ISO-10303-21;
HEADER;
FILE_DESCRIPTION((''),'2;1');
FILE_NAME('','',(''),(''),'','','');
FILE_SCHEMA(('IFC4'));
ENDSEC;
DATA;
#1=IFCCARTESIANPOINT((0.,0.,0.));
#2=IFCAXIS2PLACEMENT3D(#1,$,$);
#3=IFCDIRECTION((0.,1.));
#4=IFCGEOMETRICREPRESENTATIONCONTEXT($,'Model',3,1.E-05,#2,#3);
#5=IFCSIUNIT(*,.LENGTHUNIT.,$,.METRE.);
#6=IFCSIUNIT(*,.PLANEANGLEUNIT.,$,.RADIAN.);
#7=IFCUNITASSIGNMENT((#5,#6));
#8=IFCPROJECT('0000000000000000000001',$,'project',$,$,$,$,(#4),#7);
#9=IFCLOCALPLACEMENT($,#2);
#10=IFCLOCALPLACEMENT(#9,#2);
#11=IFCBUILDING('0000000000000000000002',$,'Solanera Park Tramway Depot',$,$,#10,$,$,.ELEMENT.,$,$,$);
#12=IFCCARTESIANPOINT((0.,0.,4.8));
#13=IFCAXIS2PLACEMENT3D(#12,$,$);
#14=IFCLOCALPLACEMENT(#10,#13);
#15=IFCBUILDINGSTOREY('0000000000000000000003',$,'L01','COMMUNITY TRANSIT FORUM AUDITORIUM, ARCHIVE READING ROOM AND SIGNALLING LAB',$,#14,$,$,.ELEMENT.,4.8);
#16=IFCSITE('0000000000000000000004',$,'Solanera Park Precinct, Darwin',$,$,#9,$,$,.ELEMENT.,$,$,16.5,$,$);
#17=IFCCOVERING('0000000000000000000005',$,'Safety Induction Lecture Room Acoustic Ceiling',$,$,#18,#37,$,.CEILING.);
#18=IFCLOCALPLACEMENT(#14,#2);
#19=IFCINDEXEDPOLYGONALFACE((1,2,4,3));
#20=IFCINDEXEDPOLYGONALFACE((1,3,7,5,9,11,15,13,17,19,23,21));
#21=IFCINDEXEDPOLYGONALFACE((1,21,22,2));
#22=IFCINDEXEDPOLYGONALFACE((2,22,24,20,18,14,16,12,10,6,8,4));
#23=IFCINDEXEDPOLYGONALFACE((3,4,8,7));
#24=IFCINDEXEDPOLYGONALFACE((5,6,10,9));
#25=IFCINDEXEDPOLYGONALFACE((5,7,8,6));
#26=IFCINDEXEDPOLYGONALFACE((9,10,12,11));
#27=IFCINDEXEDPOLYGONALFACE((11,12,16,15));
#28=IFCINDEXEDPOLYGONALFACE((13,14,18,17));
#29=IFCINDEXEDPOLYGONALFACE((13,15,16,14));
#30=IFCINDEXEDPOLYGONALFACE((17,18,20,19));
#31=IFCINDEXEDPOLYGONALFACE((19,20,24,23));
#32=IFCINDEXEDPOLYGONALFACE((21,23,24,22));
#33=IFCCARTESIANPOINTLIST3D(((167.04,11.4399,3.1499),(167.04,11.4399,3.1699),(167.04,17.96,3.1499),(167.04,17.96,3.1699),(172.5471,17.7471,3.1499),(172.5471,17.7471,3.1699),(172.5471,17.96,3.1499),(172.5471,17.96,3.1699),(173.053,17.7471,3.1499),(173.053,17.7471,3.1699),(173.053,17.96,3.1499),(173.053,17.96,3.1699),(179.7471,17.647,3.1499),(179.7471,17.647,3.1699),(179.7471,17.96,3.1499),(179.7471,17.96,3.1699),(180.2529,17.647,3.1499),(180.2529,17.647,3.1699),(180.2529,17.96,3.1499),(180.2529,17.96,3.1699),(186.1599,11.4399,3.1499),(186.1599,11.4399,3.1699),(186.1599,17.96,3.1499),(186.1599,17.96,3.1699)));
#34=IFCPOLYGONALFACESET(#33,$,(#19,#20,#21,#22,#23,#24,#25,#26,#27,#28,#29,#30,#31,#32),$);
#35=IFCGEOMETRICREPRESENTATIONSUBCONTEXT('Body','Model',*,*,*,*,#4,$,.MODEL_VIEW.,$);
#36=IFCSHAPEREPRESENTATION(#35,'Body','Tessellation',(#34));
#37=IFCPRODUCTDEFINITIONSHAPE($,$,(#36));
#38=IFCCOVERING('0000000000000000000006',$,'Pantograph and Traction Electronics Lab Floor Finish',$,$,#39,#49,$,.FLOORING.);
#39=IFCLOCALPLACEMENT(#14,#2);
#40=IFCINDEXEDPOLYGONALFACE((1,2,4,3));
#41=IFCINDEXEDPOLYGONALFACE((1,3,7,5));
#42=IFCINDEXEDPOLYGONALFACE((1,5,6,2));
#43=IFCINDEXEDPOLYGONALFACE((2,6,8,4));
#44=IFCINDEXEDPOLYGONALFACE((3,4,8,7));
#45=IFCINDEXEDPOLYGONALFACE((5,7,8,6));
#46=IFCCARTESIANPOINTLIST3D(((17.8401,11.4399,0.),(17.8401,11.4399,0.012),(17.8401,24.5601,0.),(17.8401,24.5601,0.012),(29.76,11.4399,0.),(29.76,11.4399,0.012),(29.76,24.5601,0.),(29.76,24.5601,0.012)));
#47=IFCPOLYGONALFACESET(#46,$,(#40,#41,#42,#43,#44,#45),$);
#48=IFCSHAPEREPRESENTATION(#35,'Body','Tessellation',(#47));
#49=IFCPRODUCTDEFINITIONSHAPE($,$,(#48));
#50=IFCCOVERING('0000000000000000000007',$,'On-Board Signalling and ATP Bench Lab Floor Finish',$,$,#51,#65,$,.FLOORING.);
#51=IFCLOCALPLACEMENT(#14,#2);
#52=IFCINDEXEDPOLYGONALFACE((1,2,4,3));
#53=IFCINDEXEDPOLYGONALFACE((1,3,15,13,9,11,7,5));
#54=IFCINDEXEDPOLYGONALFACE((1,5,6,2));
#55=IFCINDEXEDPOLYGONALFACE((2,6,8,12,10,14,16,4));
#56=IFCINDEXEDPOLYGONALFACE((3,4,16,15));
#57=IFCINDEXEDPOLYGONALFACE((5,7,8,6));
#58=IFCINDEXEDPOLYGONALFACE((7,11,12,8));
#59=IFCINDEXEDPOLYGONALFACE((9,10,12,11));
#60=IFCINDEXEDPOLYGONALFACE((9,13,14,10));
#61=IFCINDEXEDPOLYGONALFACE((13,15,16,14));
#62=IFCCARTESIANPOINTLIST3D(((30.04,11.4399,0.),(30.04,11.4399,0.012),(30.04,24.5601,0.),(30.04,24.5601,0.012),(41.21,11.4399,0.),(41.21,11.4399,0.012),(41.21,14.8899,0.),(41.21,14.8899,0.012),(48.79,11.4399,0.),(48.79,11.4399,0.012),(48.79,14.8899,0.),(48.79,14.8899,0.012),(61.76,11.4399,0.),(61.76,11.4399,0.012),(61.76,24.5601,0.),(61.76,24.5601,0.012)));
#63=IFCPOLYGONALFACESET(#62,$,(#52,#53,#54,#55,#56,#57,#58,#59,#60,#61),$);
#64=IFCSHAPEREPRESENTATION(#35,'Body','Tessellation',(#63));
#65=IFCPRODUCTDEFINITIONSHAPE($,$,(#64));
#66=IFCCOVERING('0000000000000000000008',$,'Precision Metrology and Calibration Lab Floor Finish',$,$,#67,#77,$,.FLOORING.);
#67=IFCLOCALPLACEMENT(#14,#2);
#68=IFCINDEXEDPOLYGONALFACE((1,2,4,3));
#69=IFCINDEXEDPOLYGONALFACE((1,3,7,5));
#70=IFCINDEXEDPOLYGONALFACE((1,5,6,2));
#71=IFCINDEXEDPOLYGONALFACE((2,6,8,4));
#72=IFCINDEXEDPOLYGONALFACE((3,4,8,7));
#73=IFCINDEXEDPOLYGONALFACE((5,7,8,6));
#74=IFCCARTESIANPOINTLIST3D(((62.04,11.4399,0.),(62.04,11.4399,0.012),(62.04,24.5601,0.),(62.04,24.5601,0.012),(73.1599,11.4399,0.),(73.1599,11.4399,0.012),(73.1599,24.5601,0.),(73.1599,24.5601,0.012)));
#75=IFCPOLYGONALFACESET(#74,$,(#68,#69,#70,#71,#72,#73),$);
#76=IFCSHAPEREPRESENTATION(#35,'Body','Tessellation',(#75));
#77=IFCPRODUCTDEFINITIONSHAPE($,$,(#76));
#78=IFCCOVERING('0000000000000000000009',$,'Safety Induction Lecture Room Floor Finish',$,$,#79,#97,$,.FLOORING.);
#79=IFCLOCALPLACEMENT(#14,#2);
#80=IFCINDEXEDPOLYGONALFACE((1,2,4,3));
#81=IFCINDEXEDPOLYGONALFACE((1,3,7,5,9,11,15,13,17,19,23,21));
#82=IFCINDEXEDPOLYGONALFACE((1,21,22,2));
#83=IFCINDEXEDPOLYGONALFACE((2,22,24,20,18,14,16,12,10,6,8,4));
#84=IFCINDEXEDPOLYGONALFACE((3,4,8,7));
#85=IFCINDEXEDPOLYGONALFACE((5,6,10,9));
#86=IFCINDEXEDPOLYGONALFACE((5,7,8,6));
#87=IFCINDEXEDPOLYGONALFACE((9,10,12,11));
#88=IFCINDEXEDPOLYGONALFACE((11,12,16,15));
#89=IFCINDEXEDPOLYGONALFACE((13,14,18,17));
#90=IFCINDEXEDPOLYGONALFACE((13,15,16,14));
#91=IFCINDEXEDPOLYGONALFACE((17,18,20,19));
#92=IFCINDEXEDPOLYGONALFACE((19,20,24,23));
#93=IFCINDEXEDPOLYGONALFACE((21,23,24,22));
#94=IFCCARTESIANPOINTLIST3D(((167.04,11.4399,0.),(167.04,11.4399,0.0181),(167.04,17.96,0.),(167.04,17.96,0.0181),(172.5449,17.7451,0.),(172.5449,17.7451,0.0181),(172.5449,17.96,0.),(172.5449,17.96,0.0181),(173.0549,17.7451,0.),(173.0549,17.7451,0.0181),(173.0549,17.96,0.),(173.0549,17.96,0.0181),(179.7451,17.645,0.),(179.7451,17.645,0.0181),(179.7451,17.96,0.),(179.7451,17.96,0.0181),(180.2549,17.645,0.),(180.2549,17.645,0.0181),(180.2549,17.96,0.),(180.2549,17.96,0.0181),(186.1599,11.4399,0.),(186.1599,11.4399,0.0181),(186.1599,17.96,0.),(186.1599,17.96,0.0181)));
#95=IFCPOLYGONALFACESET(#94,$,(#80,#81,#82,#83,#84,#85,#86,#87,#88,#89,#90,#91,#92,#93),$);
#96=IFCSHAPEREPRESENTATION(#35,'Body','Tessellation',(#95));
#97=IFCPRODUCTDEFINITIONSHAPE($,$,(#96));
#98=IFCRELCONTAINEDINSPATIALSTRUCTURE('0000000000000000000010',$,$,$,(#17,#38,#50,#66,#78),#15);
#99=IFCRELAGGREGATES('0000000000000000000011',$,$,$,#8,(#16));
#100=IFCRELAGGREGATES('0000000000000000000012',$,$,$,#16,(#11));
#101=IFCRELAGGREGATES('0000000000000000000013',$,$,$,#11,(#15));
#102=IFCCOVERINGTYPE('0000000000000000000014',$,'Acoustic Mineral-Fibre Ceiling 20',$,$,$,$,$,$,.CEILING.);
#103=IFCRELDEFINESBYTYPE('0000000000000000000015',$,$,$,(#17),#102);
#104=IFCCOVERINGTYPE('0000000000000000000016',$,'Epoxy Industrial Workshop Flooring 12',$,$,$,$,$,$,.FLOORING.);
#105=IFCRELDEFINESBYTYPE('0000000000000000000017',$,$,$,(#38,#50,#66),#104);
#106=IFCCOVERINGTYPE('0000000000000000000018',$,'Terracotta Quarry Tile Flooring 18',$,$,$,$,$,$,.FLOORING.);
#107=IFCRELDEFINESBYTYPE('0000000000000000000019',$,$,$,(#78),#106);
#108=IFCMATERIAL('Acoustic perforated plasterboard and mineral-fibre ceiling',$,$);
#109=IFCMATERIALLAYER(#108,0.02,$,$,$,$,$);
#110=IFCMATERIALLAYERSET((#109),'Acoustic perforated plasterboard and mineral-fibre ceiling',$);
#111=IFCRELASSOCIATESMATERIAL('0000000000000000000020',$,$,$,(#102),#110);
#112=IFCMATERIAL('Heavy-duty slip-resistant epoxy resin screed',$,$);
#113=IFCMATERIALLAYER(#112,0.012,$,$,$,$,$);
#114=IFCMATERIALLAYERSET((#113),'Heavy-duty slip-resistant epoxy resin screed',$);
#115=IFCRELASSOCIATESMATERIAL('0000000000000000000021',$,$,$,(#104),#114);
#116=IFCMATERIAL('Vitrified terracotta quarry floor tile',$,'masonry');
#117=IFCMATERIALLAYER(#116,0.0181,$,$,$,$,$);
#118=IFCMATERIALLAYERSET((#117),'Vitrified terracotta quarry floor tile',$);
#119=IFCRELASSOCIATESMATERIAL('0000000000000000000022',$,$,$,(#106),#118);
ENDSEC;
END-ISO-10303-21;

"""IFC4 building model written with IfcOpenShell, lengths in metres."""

from ifc_helpers import new_model, si_unit, direction, frame, origin, place, context, subcontext, project, spatial, polyline, outline, extrude, material, layer, layer_set, type_object, element, save


model = new_model("IFC4")

# Units and contexts
model_context = context("Model", 3, precision=1e-05, world=origin(), true_north=direction((0.0, 1.0)))
body_context = subcontext(model_context, "Body", "Model", "MODEL_VIEW")
ifc_project = project(units=[si_unit("LENGTHUNIT", "METRE"), si_unit("PLANEANGLEUNIT", "RADIAN")], contexts=[model_context])

# Site, building, storey
site_placement = place(None, origin())
site = spatial("IfcSite", under=ifc_project, at=site_placement, Name="Solanera Park Precinct, Darwin", CompositionType="ELEMENT", RefElevation=16.5)
building_placement = place(site_placement, origin())
building = spatial("IfcBuilding", under=site, at=building_placement, Name="Solanera Park Tramway Depot", CompositionType="ELEMENT")
storey_placement = place(building_placement, frame((0.0, 0.0, 4.8)))
storey = spatial("IfcBuildingStorey", under=building, at=storey_placement, Name="L01", Description="COMMUNITY TRANSIT FORUM AUDITORIUM, ARCHIVE READING ROOM AND SIGNALLING LAB", CompositionType="ELEMENT", Elevation=4.8)

# Coverings
ifc_material_1 = material(Name="Acoustic perforated plasterboard and mineral-fibre ceiling")
ifc_layer_1 = layer(ifc_material_1, 0.02)
ifc_layer_set_1 = layer_set([ifc_layer_1], Name="Acoustic perforated plasterboard and mineral-fibre ceiling")
covering_type_1 = type_object("IfcCoveringType", Name="Acoustic Mineral-Fibre Ceiling 20", PredefinedType="CEILING", material=ifc_layer_set_1)
covering_1_placement = place(storey_placement, frame((0.0, 0.0, 3.1499)))
element("IfcCovering", 1, at=covering_1_placement, inside=storey, type_object=covering_type_1, Name="Safety Induction Lecture Room Acoustic Ceiling", PredefinedType="CEILING", context=body_context, shape_type="SweptSolid", body=[
    extrude(outline(polyline([(167.04, 17.96), (172.5471, 17.96), (172.5471, 17.7471), (173.053, 17.7471), (173.053, 17.96), (179.7471, 17.96), (179.7471, 17.647), (180.2529, 17.647), (180.2529, 17.96), (186.1599, 17.96), (186.1599, 11.4399), (167.04, 11.4399), (167.04, 17.96)])), origin(), (0.0, 0.0, 1.0), 0.02),
])
ifc_material_2 = material(Name="Heavy-duty slip-resistant epoxy resin screed")
ifc_layer_2 = layer(ifc_material_2, 0.012)
ifc_layer_set_2 = layer_set([ifc_layer_2], Name="Heavy-duty slip-resistant epoxy resin screed")
covering_type_2 = type_object("IfcCoveringType", Name="Epoxy Industrial Workshop Flooring 12", PredefinedType="FLOORING", material=ifc_layer_set_2)
covering_2_placement = place(storey_placement, origin())
element("IfcCovering", 2, at=covering_2_placement, inside=storey, type_object=covering_type_2, Name="Pantograph and Traction Electronics Lab Floor Finish", PredefinedType="FLOORING", context=body_context, shape_type="SweptSolid", body=[
    extrude(outline(polyline([(29.76, 11.4399), (17.8401, 11.4399), (17.8401, 24.5601), (29.76, 24.5601), (29.76, 11.4399)])), origin(), (0.0, 0.0, 1.0), 0.012),
])
covering_3_placement = place(storey_placement, origin())
element("IfcCovering", 3, at=covering_3_placement, inside=storey, type_object=covering_type_2, Name="On-Board Signalling and ATP Bench Lab Floor Finish", PredefinedType="FLOORING", context=body_context, shape_type="SweptSolid", body=[
    extrude(outline(polyline([(30.04, 11.4399), (30.04, 24.5601), (61.76, 24.5601), (61.76, 11.4399), (48.79, 11.4399), (48.79, 14.8899), (41.21, 14.8899), (41.21, 11.4399), (30.04, 11.4399)])), origin(), (0.0, 0.0, 1.0), 0.012),
])
covering_4_placement = place(storey_placement, origin())
element("IfcCovering", 4, at=covering_4_placement, inside=storey, type_object=covering_type_2, Name="Precision Metrology and Calibration Lab Floor Finish", PredefinedType="FLOORING", context=body_context, shape_type="SweptSolid", body=[
    extrude(outline(polyline([(73.1599, 11.4399), (62.04, 11.4399), (62.04, 24.5601), (73.1599, 24.5601), (73.1599, 11.4399)])), origin(), (0.0, 0.0, 1.0), 0.012),
])
ifc_material_3 = material(Name="Vitrified terracotta quarry floor tile", Category="masonry")
ifc_layer_3 = layer(ifc_material_3, 0.0181)
ifc_layer_set_3 = layer_set([ifc_layer_3], Name="Vitrified terracotta quarry floor tile")
covering_type_3 = type_object("IfcCoveringType", Name="Terracotta Quarry Tile Flooring 18", PredefinedType="FLOORING", material=ifc_layer_set_3)
covering_5_placement = place(storey_placement, origin())
element("IfcCovering", 5, at=covering_5_placement, inside=storey, type_object=covering_type_3, Name="Safety Induction Lecture Room Floor Finish", PredefinedType="FLOORING", context=body_context, shape_type="SweptSolid", body=[
    extrude(outline(polyline([(167.04, 17.96), (172.5449, 17.96), (172.5449, 17.7451), (173.0549, 17.7451), (173.0549, 17.96), (179.7451, 17.96), (179.7451, 17.645), (180.2549, 17.645), (180.2549, 17.96), (186.1599, 17.96), (186.1599, 11.4399), (167.04, 11.4399), (167.04, 17.96)])), origin(), (0.0, 0.0, 1.0), 0.0181),
])

save(model, "model.ifc")
